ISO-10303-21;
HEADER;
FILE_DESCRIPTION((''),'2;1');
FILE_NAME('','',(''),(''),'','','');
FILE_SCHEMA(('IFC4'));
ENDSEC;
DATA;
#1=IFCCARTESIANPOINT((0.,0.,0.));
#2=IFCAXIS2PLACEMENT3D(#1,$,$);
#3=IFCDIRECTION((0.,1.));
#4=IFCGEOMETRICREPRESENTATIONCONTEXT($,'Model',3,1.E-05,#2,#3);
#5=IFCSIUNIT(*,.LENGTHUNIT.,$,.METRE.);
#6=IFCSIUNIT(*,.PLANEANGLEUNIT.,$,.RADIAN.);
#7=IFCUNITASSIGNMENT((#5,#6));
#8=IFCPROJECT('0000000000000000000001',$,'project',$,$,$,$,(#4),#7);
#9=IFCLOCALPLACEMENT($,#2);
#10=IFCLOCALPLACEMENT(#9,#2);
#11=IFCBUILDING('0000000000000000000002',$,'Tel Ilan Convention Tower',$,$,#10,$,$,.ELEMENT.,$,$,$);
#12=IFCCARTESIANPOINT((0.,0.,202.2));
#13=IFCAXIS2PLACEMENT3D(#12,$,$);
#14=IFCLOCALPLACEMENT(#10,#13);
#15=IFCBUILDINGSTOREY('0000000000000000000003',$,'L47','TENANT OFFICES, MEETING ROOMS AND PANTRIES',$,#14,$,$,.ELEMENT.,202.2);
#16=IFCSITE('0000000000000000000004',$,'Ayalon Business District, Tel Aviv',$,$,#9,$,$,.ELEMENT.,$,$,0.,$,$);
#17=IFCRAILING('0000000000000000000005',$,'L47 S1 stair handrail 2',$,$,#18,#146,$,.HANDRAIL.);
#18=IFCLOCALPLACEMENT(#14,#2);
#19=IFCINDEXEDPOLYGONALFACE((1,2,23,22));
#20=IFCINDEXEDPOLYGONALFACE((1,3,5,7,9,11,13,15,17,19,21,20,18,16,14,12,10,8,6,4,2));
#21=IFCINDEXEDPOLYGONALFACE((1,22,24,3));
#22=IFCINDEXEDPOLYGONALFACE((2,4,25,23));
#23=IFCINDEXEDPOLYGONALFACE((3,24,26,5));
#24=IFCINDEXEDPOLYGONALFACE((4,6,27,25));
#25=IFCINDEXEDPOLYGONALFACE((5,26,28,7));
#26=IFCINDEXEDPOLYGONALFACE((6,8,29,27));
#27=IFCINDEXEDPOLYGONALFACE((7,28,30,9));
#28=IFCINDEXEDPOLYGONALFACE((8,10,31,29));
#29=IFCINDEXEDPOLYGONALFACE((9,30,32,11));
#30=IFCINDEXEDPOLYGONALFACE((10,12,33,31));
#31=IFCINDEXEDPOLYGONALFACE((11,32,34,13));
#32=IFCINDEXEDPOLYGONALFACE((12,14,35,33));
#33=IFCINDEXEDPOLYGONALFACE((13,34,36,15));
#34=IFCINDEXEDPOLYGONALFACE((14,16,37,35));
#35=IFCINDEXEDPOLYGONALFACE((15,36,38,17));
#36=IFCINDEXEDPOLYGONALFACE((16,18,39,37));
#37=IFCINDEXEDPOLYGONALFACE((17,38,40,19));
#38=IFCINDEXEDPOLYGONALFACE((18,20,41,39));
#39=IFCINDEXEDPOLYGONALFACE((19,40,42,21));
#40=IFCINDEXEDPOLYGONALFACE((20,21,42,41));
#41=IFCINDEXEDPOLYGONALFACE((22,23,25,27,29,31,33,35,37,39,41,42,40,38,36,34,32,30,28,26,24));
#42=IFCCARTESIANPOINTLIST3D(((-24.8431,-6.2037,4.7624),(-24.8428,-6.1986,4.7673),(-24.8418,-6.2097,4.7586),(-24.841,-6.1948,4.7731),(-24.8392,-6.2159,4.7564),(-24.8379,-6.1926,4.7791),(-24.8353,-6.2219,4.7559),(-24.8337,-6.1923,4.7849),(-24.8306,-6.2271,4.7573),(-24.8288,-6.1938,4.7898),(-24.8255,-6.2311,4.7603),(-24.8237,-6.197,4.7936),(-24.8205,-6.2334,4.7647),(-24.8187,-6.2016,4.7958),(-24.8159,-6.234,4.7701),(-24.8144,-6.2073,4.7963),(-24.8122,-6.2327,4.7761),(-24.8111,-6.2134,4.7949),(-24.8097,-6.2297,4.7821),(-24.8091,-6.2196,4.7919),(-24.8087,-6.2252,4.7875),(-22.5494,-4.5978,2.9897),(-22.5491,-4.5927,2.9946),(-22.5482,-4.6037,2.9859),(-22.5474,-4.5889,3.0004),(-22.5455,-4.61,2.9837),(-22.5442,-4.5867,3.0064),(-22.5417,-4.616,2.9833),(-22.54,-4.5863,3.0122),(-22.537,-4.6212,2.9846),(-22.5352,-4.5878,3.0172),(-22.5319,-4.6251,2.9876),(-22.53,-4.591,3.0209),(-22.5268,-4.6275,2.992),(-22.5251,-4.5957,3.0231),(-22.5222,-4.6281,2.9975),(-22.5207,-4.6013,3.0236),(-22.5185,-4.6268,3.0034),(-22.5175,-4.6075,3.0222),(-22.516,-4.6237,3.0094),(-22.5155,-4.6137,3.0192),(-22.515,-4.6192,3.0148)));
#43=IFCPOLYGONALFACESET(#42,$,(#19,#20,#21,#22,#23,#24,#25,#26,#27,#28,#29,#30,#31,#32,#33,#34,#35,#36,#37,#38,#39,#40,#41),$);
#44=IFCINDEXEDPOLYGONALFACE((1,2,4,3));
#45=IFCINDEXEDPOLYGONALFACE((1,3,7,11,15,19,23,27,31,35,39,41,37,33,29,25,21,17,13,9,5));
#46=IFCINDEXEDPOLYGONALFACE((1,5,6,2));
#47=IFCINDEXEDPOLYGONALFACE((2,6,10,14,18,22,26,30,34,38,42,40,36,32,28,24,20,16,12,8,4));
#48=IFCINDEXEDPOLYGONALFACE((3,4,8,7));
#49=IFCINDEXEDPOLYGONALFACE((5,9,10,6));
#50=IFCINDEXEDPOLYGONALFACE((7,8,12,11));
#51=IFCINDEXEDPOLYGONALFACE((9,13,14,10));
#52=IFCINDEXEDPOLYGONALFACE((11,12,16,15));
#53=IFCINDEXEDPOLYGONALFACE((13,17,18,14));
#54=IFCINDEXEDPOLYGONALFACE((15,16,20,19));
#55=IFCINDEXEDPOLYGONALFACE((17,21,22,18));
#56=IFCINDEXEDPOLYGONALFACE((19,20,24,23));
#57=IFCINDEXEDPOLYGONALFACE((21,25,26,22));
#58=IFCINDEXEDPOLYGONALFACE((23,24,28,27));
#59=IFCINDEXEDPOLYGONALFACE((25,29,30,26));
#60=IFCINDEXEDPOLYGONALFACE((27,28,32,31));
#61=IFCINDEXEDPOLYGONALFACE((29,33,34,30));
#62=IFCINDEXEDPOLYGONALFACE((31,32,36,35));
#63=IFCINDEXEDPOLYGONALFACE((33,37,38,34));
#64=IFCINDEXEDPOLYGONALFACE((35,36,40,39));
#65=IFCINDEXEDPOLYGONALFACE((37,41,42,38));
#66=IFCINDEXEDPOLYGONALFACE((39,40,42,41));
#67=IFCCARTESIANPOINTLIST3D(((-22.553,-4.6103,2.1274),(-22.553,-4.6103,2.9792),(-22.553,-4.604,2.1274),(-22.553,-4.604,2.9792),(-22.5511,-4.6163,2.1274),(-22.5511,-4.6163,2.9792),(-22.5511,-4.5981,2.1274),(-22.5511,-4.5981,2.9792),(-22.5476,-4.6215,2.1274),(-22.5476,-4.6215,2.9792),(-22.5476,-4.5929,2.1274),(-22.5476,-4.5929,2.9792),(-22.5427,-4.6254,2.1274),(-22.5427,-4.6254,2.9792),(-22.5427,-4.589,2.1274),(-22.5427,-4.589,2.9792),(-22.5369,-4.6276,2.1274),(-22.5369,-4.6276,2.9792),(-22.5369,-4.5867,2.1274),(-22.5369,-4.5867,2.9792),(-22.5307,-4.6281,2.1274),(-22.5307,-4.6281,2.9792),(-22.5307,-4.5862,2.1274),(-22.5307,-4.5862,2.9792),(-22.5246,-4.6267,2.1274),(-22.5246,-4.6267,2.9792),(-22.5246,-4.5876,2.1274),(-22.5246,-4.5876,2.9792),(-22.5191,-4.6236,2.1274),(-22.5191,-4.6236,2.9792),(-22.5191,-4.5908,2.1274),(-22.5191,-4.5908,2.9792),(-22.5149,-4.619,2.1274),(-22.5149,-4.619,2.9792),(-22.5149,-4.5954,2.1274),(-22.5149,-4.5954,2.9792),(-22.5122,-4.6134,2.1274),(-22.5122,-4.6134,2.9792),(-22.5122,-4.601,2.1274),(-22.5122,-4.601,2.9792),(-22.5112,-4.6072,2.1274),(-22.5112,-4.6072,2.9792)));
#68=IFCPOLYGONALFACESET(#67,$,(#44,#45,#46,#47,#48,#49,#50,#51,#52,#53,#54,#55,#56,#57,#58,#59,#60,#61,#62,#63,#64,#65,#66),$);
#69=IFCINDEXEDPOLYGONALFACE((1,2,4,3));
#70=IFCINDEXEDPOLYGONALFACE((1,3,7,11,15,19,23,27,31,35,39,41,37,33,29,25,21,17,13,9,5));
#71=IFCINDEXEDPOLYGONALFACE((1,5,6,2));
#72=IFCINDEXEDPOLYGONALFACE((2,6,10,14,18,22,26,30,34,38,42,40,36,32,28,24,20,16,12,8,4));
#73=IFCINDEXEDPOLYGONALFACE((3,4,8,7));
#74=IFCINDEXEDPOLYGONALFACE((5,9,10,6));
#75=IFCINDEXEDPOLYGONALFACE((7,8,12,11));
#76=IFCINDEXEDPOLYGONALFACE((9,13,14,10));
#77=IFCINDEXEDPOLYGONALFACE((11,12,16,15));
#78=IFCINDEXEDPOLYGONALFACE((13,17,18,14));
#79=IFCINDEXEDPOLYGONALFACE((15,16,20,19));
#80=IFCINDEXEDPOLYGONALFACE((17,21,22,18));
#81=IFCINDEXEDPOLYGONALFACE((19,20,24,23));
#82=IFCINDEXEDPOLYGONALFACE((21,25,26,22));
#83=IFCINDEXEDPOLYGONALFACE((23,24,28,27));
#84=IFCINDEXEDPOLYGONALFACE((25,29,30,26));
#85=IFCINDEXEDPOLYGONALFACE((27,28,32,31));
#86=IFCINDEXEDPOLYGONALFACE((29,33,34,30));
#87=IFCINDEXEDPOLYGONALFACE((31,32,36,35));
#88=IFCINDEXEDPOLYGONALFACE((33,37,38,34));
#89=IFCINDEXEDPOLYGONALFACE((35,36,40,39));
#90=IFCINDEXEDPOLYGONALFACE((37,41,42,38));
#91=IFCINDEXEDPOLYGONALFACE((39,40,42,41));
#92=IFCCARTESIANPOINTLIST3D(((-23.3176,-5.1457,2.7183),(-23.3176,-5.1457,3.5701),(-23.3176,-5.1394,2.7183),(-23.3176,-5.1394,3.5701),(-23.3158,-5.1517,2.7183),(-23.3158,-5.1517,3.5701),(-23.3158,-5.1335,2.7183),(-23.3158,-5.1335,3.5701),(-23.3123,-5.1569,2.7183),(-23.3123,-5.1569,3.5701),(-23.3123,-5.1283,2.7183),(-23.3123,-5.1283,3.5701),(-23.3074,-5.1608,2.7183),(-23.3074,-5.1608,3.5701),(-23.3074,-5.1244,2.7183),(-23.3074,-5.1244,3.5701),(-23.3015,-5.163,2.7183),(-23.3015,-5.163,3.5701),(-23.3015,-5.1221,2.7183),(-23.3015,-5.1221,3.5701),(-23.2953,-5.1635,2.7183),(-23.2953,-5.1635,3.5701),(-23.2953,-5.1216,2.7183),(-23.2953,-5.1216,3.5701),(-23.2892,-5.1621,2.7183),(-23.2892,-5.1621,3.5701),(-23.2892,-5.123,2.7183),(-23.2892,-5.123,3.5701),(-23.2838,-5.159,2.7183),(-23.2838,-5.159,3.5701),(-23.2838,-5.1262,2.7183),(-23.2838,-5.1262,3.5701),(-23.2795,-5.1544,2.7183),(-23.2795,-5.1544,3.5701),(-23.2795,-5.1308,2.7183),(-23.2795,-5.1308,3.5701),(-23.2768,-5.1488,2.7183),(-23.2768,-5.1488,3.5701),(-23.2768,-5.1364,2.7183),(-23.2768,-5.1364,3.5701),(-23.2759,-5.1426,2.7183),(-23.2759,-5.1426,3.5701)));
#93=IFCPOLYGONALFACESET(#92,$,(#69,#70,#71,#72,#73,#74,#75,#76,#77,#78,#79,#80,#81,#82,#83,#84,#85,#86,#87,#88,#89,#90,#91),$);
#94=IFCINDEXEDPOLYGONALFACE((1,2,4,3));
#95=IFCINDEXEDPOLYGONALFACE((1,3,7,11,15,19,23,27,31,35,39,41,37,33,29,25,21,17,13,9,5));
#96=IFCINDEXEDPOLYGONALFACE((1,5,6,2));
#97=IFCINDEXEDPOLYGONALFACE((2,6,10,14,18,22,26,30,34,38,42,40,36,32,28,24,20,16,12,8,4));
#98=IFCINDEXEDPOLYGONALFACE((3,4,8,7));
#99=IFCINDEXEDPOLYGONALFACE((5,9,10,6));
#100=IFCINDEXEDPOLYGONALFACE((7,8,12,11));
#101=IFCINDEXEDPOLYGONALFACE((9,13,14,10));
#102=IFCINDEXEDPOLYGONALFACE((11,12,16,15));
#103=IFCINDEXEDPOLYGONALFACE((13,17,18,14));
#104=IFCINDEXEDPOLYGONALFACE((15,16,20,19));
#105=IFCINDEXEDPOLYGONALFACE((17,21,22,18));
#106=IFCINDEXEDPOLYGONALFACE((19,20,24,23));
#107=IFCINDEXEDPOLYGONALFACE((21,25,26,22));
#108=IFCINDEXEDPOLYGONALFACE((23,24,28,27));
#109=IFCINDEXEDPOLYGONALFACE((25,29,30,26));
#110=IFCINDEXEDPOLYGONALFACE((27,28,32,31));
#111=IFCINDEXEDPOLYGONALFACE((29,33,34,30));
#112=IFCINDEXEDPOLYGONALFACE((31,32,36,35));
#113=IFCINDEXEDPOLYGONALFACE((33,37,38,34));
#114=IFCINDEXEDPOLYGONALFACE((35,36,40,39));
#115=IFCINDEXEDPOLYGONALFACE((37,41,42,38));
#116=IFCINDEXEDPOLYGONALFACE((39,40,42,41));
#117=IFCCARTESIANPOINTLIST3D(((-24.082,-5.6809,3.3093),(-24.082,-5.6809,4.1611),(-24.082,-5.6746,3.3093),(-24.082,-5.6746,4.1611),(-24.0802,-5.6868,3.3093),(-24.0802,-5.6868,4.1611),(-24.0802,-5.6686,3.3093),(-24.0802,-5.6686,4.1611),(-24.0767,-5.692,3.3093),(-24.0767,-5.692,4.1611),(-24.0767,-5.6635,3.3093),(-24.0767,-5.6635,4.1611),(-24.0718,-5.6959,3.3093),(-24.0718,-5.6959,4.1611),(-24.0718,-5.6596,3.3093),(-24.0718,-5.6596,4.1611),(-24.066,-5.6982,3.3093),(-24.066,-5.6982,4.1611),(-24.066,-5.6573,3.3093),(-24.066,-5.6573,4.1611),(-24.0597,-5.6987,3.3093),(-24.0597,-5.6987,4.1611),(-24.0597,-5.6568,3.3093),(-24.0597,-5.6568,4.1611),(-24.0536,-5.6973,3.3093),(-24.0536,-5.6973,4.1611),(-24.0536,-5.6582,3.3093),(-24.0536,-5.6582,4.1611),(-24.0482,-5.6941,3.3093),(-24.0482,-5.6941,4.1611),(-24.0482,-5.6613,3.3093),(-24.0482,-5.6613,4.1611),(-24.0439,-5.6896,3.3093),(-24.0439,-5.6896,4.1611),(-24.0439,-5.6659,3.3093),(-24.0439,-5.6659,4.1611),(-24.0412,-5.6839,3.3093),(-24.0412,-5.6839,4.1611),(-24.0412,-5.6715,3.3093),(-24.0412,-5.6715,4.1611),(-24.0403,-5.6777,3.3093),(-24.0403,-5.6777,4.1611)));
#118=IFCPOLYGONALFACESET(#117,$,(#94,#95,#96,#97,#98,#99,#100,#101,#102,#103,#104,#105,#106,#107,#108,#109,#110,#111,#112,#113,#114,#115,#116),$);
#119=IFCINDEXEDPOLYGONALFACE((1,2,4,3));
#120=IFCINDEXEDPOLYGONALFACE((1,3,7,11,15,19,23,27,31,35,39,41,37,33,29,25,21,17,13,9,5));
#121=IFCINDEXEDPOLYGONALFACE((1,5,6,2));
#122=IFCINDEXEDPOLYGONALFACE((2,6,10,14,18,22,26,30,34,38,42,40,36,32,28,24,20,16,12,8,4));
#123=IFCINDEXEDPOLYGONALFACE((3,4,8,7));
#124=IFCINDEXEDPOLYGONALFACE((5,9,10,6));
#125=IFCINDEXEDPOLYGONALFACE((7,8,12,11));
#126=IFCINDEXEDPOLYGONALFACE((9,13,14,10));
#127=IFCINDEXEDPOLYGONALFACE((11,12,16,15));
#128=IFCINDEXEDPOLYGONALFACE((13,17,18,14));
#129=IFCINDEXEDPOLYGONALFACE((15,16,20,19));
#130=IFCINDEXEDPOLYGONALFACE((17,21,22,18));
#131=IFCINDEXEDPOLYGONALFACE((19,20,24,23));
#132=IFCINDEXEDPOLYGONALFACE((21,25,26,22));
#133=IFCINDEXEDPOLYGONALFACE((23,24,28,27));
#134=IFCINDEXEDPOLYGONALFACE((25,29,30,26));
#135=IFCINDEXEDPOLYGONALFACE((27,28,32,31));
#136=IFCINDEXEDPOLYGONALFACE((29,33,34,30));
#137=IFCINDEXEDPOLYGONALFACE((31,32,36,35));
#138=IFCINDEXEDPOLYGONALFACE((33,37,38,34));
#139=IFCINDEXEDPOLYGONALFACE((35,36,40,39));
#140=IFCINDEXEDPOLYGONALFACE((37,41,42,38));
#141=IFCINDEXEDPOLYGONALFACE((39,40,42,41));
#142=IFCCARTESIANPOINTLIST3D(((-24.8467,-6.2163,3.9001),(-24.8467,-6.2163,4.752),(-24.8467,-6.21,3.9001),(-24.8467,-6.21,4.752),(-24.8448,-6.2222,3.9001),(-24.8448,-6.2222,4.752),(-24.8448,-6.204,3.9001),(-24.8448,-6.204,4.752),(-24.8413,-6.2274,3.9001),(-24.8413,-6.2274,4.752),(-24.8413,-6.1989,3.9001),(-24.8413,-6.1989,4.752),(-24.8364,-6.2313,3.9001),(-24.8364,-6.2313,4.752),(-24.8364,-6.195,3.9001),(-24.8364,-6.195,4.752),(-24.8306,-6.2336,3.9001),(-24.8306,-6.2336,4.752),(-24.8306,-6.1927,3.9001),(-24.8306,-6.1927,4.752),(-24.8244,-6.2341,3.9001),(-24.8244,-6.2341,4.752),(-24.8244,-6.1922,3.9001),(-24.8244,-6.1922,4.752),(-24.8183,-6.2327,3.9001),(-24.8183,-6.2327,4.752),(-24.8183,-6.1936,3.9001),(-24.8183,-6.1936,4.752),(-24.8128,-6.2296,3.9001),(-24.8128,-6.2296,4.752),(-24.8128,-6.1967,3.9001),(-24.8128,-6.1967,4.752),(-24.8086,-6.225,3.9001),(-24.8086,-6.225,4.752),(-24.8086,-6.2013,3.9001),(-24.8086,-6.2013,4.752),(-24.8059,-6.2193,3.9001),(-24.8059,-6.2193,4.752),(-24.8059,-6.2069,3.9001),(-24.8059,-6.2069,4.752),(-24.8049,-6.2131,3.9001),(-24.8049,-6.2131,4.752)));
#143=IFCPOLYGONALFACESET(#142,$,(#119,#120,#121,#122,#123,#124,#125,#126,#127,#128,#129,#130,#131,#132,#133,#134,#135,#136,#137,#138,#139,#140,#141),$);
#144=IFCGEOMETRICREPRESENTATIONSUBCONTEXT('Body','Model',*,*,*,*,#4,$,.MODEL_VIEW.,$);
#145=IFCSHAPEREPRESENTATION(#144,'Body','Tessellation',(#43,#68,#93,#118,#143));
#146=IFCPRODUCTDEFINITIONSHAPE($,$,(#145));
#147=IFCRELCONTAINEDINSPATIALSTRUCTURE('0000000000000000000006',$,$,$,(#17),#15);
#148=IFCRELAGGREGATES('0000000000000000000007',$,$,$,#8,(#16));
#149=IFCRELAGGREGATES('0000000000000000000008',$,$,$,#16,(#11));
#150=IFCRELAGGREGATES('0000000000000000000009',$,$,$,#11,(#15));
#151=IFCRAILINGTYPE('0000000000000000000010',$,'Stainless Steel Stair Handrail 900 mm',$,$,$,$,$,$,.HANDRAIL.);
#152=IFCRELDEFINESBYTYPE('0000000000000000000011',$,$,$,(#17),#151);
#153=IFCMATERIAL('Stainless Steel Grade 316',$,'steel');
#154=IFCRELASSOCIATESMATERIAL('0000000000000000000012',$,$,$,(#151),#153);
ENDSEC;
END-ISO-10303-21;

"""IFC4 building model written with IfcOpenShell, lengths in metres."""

from ifc_helpers import new_model, si_unit, direction, frame, origin, origin_2d, place, context, subcontext, project, spatial, circle, extrude, material, type_object, element, save


model = new_model("IFC4")

# Units and contexts
model_context = context("Model", 3, precision=1e-05, world=origin(), true_north=direction((0.0, 1.0)))
body_context = subcontext(model_context, "Body", "Model", "MODEL_VIEW")
ifc_project = project(units=[si_unit("LENGTHUNIT", "METRE"), si_unit("PLANEANGLEUNIT", "RADIAN")], contexts=[model_context])

# Site, building, storey
site_placement = place(None, origin())
site = spatial("IfcSite", under=ifc_project, at=site_placement, Name="Ayalon Business District, Tel Aviv", CompositionType="ELEMENT", RefElevation=0.0)
building_placement = place(site_placement, origin())
building = spatial("IfcBuilding", under=site, at=building_placement, Name="Tel Ilan Convention Tower", CompositionType="ELEMENT")
storey_placement = place(building_placement, frame((0.0, 0.0, 202.2)))
storey = spatial("IfcBuildingStorey", under=building, at=storey_placement, Name="L47", Description="TENANT OFFICES, MEETING ROOMS AND PANTRIES", CompositionType="ELEMENT", Elevation=202.2)

# Railing
ifc_material_1 = material(Name="Stainless Steel Grade 316", Category="steel")
railing_type_1 = type_object("IfcRailingType", Name="Stainless Steel Stair Handrail 900 mm", PredefinedType="HANDRAIL", material=ifc_material_1)
for number, where, name in (
    (1, (-22.5322, -4.6072, 2.1274), "L47 S1 stair handrail 2"),
):
    element("IfcRailing", number, at=place(storey_placement, frame(where)), inside=storey, type_object=railing_type_1, Name=name, PredefinedType="HANDRAIL", context=body_context, shape_type="SweptSolid", body=[
        extrude(circle(Radius=0.0239, at=origin_2d()), frame((0.0, 0.0, 0.876), z_axis=(-0.692123, -0.484597, 0.534913), x_axis=(0.57355, -0.81917, 0.0)), (0.0, 0.0, 1.0), 3.314),
        extrude(circle(Radius=0.021, at=origin_2d()), origin(), (0.0, 0.0, 1.0), 0.8518),
        extrude(circle(Radius=0.021, at=origin_2d()), frame((-0.7646, -0.5354, 0.5908)), (0.0, 0.0, 1.0), 0.8518),
        extrude(circle(Radius=0.021, at=origin_2d()), frame((-1.5291, -1.0706, 1.1819)), (0.0, 0.0, 1.0), 0.8518),
        extrude(circle(Radius=0.021, at=origin_2d()), frame((-2.2937, -1.606, 1.7727)), (0.0, 0.0, 1.0), 0.8518),
    ])

save(model, "model.ifc")
